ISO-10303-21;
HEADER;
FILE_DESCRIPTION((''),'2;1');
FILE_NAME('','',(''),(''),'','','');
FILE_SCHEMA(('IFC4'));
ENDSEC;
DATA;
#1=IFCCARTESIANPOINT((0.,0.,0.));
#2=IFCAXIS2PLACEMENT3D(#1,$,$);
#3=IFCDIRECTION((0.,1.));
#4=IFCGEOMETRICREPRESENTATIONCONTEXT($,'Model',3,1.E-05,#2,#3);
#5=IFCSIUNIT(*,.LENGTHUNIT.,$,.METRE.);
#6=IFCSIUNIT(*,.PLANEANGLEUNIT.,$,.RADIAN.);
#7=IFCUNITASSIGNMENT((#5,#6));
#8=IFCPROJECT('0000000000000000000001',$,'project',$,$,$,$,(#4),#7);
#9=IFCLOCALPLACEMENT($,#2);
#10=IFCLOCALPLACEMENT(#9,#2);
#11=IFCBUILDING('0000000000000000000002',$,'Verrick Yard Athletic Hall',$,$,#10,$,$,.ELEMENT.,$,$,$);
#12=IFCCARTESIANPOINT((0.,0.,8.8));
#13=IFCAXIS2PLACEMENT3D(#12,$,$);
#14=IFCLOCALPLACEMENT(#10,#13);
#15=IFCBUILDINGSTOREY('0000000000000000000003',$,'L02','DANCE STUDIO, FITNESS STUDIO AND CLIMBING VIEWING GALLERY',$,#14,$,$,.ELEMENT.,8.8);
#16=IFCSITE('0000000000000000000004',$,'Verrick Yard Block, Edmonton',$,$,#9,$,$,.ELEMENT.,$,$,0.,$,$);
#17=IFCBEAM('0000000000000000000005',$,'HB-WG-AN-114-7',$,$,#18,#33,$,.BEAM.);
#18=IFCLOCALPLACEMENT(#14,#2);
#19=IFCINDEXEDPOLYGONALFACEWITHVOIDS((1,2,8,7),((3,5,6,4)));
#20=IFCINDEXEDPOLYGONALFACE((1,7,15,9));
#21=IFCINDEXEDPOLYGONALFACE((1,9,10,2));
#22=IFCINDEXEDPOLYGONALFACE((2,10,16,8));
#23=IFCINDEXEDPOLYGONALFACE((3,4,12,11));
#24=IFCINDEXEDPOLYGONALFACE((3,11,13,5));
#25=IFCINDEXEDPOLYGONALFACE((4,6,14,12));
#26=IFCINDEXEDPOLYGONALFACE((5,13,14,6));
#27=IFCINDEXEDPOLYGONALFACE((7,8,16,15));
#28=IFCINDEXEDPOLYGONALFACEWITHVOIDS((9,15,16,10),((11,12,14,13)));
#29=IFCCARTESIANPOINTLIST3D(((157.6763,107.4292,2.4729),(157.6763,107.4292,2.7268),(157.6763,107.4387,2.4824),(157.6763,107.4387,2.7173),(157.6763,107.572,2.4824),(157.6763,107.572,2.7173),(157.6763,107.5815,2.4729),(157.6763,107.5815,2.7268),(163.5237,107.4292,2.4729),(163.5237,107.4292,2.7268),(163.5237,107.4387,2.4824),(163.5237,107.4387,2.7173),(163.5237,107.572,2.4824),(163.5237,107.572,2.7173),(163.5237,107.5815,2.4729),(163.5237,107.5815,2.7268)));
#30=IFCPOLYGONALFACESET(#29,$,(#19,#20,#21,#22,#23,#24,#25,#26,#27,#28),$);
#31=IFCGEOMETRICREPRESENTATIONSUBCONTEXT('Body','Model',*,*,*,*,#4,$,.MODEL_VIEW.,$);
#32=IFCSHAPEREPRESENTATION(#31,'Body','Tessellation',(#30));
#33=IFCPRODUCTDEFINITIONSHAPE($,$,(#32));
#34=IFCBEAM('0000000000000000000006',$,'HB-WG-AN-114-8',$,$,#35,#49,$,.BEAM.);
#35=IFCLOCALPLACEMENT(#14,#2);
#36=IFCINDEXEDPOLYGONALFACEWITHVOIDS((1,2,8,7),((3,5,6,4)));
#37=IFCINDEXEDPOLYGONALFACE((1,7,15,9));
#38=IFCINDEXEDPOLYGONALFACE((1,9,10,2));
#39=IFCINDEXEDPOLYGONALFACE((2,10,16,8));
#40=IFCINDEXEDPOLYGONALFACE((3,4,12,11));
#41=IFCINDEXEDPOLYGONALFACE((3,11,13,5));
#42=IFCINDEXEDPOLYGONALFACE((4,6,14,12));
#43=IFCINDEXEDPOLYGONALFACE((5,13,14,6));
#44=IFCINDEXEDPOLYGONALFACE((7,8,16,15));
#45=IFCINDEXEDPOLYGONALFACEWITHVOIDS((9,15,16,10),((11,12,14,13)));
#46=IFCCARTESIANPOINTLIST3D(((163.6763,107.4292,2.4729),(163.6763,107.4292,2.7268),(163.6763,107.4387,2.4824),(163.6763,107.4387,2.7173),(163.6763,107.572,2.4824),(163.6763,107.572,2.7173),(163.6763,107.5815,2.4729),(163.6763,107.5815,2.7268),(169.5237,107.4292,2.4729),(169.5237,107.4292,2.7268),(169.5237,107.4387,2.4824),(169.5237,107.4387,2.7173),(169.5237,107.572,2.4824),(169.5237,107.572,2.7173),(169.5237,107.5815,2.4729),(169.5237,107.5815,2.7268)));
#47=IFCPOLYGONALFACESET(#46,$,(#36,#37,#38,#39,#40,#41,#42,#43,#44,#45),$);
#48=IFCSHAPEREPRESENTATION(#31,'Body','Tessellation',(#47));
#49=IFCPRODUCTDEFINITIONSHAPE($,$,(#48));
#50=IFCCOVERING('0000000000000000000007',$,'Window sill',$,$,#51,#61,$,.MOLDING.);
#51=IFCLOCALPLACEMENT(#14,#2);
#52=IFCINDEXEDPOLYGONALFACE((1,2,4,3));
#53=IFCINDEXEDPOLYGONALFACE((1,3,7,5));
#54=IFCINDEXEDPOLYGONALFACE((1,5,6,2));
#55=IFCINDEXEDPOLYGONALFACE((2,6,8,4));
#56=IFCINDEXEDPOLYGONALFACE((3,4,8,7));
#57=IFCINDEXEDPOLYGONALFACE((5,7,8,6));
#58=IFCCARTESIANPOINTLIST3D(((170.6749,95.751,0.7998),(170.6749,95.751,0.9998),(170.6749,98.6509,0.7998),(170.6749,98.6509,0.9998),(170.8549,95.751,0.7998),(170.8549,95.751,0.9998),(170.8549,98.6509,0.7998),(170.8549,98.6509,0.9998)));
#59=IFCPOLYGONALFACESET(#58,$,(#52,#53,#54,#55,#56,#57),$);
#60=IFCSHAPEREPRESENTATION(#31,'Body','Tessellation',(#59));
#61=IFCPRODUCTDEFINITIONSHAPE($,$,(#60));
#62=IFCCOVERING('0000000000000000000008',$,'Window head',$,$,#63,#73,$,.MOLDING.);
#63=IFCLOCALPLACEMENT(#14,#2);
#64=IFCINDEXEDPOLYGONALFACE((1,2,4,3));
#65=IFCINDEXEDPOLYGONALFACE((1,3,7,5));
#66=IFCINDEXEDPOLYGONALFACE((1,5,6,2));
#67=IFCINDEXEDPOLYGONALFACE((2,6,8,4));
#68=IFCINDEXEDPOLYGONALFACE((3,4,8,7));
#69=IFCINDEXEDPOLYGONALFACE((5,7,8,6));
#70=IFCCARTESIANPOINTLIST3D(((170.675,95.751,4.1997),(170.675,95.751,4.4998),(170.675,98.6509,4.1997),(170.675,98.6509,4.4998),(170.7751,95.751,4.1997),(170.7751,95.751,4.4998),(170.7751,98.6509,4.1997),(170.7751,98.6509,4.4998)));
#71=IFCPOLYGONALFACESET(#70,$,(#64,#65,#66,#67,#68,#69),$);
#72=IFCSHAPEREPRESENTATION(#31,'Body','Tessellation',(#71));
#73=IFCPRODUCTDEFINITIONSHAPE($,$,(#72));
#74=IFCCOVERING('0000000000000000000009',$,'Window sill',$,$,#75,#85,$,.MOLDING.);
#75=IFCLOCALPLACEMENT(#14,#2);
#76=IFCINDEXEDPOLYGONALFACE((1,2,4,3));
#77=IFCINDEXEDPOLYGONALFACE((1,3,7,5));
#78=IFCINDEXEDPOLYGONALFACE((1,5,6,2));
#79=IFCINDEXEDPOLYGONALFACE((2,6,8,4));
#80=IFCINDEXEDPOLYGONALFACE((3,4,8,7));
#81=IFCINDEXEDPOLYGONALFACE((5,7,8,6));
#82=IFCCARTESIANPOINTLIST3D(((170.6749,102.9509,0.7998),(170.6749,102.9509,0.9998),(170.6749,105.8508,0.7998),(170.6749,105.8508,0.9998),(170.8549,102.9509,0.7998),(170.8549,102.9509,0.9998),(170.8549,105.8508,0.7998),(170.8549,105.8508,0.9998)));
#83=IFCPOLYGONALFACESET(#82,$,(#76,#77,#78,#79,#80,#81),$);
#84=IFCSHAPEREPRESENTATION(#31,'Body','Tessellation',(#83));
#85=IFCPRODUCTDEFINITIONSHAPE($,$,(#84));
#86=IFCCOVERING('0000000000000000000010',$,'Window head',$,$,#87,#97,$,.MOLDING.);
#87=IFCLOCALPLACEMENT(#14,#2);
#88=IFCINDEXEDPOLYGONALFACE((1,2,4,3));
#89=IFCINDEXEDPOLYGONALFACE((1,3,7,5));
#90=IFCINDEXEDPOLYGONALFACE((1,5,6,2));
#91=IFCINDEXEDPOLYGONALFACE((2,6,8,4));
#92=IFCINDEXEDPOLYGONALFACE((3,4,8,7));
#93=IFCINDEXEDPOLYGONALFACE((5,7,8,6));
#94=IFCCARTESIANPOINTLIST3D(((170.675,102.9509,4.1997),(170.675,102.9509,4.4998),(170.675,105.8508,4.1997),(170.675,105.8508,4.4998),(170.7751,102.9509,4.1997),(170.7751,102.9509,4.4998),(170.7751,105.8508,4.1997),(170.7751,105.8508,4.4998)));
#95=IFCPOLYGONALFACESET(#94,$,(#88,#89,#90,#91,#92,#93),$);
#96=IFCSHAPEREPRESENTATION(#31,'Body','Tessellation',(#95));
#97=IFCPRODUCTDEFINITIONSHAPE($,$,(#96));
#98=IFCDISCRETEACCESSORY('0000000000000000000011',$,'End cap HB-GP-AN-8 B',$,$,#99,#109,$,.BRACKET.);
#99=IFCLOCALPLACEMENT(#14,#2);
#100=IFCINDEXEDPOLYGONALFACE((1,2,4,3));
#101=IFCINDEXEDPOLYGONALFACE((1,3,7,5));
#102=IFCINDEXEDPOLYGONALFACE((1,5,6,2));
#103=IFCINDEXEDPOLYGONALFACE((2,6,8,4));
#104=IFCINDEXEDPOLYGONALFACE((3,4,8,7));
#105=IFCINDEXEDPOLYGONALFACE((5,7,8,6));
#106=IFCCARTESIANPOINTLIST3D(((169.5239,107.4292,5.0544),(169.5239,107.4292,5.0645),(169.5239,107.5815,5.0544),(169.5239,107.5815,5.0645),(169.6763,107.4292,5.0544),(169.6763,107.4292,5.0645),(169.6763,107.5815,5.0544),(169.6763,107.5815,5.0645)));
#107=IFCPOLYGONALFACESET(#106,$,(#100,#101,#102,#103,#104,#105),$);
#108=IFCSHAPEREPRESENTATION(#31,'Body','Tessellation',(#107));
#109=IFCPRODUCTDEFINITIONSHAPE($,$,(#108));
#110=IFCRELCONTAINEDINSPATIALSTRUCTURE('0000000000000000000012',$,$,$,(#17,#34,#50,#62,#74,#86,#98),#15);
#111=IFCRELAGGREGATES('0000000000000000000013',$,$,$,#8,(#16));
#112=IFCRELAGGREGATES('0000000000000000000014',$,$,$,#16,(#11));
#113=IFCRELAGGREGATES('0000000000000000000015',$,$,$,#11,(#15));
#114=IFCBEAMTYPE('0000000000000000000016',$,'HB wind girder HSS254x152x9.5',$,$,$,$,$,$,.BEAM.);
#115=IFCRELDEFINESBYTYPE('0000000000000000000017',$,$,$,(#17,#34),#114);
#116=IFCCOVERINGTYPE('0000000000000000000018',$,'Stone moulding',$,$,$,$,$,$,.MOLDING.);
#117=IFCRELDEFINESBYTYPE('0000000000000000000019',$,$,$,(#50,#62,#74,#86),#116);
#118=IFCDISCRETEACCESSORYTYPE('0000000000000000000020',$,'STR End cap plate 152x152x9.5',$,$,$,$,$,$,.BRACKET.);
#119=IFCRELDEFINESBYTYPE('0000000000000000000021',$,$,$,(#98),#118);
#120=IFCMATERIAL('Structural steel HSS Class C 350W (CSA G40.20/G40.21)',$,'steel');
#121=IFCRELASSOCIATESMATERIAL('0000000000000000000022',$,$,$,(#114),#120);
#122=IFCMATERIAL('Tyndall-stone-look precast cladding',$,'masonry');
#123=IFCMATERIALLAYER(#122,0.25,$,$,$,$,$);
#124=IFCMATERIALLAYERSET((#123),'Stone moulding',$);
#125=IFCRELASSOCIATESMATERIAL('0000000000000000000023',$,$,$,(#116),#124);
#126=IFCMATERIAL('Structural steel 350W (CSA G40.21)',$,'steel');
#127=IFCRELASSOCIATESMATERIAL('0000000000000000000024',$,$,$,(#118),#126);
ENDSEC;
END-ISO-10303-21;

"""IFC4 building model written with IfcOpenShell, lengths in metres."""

from ifc_helpers import new_model, si_unit, direction, frame, origin, origin_2d, place, context, subcontext, project, spatial, rectangle, hollow_rectangle, extrude, material, layer, layer_set, material_profile, profile_set, type_object, element, save


model = new_model("IFC4")

# Units and contexts
model_context = context("Model", 3, precision=1e-05, world=origin(), true_north=direction((0.0, 1.0)))
body_context = subcontext(model_context, "Body", "Model", "MODEL_VIEW")
ifc_project = project(units=[si_unit("LENGTHUNIT", "METRE"), si_unit("PLANEANGLEUNIT", "RADIAN")], contexts=[model_context])

# Site, building, storey
site_placement = place(None, origin())
site = spatial("IfcSite", under=ifc_project, at=site_placement, Name="Verrick Yard Block, Edmonton", CompositionType="ELEMENT", RefElevation=0.0)
building_placement = place(site_placement, origin())
building = spatial("IfcBuilding", under=site, at=building_placement, Name="Verrick Yard Athletic Hall", CompositionType="ELEMENT")
storey_placement = place(building_placement, frame((0.0, 0.0, 8.8)))
storey = spatial("IfcBuildingStorey", under=building, at=storey_placement, Name="L02", Description="DANCE STUDIO, FITNESS STUDIO AND CLIMBING VIEWING GALLERY", CompositionType="ELEMENT", Elevation=8.8)

# Shared definitions
ifc_material_1 = material(Name="Structural steel 350W (CSA G40.21)", Category="steel")

# Shared definitions
ifc_material_2 = material(Name="Structural steel HSS Class C 350W (CSA G40.20/G40.21)", Category="steel")

# Beams
ifc_material_profile_1 = material_profile(ifc_material_2, hollow_rectangle(XDim=0.1523, YDim=0.2539, WallThickness=0.0095, at=origin_2d()), Name="HSS254x152x9.5")
ifc_profile_set_1 = profile_set([ifc_material_profile_1], Name="Structural steel HSS Class C 350W (CSA G40.20/G40.21)")
beam_type_1 = type_object("IfcBeamType", Name="HB wind girder HSS254x152x9.5", PredefinedType="BEAM", material=ifc_profile_set_1)
for number, where, z_axis, x_axis, name in (
    (1, (157.6763, 107.5054, 2.5999), (1.0, 0.0, 0.0), (0.0, 1.0, 0.0), "HB-WG-AN-114-7"),
    (2, (163.6763, 107.5054, 2.5999), (1.0, 0.0, 0.0), (0.0, 1.0, 0.0), "HB-WG-AN-114-8"),
):
    element("IfcBeam", number, at=place(storey_placement, frame(where, z_axis=z_axis, x_axis=x_axis)), inside=storey, type_object=beam_type_1, Name=name, PredefinedType="BEAM", context=body_context, shape_type="SweptSolid", body=[
        extrude(hollow_rectangle(XDim=0.1523, YDim=0.2539, WallThickness=0.0095, at=origin_2d()), origin(), (0.0, 0.0, 1.0), 5.8474),
    ])

# Coverings
ifc_material_3 = material(Name="Tyndall-stone-look precast cladding", Category="masonry")
ifc_layer_1 = layer(ifc_material_3, 0.25)
ifc_layer_set_1 = layer_set([ifc_layer_1], Name="Stone moulding")
covering_type = type_object("IfcCoveringType", Name="Stone moulding", PredefinedType="MOLDING", material=ifc_layer_set_1)
covering_1_placement = place(storey_placement, frame((170.7649, 97.2009, 0.7998), z_axis=(0.0, 0.0, 1.0), x_axis=(0.0, 1.0, 0.0)))
element("IfcCovering", 3, at=covering_1_placement, inside=storey, type_object=covering_type, Name="Window sill", PredefinedType="MOLDING", context=body_context, shape_type="SweptSolid", body=[
    extrude(rectangle(XDim=2.8999, YDim=0.1799, at=origin_2d()), origin(), (0.0, 0.0, 1.0), 0.2),
])
covering_2_placement = place(storey_placement, frame((170.7251, 97.2009, 4.1997), z_axis=(0.0, 0.0, 1.0), x_axis=(0.0, 1.0, 0.0)))
element("IfcCovering", 4, at=covering_2_placement, inside=storey, type_object=covering_type, Name="Window head", PredefinedType="MOLDING", context=body_context, shape_type="SweptSolid", body=[
    extrude(rectangle(XDim=2.8999, YDim=0.1001, at=origin_2d()), origin(), (0.0, 0.0, 1.0), 0.3),
])
covering_3_placement = place(storey_placement, frame((170.7649, 104.4009, 0.7998), z_axis=(0.0, 0.0, 1.0), x_axis=(0.0, 1.0, 0.0)))
element("IfcCovering", 5, at=covering_3_placement, inside=storey, type_object=covering_type, Name="Window sill", PredefinedType="MOLDING", context=body_context, shape_type="SweptSolid", body=[
    extrude(rectangle(XDim=2.8999, YDim=0.1799, at=origin_2d()), origin(), (0.0, 0.0, 1.0), 0.2),
])
covering_4_placement = place(storey_placement, frame((170.7251, 104.4009, 4.1997), z_axis=(0.0, 0.0, 1.0), x_axis=(0.0, 1.0, 0.0)))
element("IfcCovering", 6, at=covering_4_placement, inside=storey, type_object=covering_type, Name="Window head", PredefinedType="MOLDING", context=body_context, shape_type="SweptSolid", body=[
    extrude(rectangle(XDim=2.8999, YDim=0.1001, at=origin_2d()), origin(), (0.0, 0.0, 1.0), 0.3),
])

# Discrete accessory
ifc_material_profile_2 = material_profile(ifc_material_1, rectangle(XDim=0.1523, YDim=0.1523, at=origin_2d()), Name="STR End cap plate 152x152x9.5")
ifc_profile_set_2 = profile_set([ifc_material_profile_2], Name="Structural steel 350W (CSA G40.21)")
discrete_accessory_type = type_object("IfcDiscreteAccessoryType", Name="STR End cap plate 152x152x9.5", PredefinedType="BRACKET", material=ifc_profile_set_2)
discrete_accessory_placement = place(storey_placement, frame((169.6001, 107.5054, 5.0544), z_axis=(0.0, 0.0, 1.0), x_axis=(1.0, 0.0, 0.0)))
element("IfcDiscreteAccessory", 7, at=discrete_accessory_placement, inside=storey, type_object=discrete_accessory_type, Name="End cap HB-GP-AN-8 B", PredefinedType="BRACKET", context=body_context, shape_type="SweptSolid", body=[
    extrude(rectangle(XDim=0.1523, YDim=0.1523, at=origin_2d()), origin(), (0.0, 0.0, 1.0), 0.01),
])

save(model, "model.ifc")
